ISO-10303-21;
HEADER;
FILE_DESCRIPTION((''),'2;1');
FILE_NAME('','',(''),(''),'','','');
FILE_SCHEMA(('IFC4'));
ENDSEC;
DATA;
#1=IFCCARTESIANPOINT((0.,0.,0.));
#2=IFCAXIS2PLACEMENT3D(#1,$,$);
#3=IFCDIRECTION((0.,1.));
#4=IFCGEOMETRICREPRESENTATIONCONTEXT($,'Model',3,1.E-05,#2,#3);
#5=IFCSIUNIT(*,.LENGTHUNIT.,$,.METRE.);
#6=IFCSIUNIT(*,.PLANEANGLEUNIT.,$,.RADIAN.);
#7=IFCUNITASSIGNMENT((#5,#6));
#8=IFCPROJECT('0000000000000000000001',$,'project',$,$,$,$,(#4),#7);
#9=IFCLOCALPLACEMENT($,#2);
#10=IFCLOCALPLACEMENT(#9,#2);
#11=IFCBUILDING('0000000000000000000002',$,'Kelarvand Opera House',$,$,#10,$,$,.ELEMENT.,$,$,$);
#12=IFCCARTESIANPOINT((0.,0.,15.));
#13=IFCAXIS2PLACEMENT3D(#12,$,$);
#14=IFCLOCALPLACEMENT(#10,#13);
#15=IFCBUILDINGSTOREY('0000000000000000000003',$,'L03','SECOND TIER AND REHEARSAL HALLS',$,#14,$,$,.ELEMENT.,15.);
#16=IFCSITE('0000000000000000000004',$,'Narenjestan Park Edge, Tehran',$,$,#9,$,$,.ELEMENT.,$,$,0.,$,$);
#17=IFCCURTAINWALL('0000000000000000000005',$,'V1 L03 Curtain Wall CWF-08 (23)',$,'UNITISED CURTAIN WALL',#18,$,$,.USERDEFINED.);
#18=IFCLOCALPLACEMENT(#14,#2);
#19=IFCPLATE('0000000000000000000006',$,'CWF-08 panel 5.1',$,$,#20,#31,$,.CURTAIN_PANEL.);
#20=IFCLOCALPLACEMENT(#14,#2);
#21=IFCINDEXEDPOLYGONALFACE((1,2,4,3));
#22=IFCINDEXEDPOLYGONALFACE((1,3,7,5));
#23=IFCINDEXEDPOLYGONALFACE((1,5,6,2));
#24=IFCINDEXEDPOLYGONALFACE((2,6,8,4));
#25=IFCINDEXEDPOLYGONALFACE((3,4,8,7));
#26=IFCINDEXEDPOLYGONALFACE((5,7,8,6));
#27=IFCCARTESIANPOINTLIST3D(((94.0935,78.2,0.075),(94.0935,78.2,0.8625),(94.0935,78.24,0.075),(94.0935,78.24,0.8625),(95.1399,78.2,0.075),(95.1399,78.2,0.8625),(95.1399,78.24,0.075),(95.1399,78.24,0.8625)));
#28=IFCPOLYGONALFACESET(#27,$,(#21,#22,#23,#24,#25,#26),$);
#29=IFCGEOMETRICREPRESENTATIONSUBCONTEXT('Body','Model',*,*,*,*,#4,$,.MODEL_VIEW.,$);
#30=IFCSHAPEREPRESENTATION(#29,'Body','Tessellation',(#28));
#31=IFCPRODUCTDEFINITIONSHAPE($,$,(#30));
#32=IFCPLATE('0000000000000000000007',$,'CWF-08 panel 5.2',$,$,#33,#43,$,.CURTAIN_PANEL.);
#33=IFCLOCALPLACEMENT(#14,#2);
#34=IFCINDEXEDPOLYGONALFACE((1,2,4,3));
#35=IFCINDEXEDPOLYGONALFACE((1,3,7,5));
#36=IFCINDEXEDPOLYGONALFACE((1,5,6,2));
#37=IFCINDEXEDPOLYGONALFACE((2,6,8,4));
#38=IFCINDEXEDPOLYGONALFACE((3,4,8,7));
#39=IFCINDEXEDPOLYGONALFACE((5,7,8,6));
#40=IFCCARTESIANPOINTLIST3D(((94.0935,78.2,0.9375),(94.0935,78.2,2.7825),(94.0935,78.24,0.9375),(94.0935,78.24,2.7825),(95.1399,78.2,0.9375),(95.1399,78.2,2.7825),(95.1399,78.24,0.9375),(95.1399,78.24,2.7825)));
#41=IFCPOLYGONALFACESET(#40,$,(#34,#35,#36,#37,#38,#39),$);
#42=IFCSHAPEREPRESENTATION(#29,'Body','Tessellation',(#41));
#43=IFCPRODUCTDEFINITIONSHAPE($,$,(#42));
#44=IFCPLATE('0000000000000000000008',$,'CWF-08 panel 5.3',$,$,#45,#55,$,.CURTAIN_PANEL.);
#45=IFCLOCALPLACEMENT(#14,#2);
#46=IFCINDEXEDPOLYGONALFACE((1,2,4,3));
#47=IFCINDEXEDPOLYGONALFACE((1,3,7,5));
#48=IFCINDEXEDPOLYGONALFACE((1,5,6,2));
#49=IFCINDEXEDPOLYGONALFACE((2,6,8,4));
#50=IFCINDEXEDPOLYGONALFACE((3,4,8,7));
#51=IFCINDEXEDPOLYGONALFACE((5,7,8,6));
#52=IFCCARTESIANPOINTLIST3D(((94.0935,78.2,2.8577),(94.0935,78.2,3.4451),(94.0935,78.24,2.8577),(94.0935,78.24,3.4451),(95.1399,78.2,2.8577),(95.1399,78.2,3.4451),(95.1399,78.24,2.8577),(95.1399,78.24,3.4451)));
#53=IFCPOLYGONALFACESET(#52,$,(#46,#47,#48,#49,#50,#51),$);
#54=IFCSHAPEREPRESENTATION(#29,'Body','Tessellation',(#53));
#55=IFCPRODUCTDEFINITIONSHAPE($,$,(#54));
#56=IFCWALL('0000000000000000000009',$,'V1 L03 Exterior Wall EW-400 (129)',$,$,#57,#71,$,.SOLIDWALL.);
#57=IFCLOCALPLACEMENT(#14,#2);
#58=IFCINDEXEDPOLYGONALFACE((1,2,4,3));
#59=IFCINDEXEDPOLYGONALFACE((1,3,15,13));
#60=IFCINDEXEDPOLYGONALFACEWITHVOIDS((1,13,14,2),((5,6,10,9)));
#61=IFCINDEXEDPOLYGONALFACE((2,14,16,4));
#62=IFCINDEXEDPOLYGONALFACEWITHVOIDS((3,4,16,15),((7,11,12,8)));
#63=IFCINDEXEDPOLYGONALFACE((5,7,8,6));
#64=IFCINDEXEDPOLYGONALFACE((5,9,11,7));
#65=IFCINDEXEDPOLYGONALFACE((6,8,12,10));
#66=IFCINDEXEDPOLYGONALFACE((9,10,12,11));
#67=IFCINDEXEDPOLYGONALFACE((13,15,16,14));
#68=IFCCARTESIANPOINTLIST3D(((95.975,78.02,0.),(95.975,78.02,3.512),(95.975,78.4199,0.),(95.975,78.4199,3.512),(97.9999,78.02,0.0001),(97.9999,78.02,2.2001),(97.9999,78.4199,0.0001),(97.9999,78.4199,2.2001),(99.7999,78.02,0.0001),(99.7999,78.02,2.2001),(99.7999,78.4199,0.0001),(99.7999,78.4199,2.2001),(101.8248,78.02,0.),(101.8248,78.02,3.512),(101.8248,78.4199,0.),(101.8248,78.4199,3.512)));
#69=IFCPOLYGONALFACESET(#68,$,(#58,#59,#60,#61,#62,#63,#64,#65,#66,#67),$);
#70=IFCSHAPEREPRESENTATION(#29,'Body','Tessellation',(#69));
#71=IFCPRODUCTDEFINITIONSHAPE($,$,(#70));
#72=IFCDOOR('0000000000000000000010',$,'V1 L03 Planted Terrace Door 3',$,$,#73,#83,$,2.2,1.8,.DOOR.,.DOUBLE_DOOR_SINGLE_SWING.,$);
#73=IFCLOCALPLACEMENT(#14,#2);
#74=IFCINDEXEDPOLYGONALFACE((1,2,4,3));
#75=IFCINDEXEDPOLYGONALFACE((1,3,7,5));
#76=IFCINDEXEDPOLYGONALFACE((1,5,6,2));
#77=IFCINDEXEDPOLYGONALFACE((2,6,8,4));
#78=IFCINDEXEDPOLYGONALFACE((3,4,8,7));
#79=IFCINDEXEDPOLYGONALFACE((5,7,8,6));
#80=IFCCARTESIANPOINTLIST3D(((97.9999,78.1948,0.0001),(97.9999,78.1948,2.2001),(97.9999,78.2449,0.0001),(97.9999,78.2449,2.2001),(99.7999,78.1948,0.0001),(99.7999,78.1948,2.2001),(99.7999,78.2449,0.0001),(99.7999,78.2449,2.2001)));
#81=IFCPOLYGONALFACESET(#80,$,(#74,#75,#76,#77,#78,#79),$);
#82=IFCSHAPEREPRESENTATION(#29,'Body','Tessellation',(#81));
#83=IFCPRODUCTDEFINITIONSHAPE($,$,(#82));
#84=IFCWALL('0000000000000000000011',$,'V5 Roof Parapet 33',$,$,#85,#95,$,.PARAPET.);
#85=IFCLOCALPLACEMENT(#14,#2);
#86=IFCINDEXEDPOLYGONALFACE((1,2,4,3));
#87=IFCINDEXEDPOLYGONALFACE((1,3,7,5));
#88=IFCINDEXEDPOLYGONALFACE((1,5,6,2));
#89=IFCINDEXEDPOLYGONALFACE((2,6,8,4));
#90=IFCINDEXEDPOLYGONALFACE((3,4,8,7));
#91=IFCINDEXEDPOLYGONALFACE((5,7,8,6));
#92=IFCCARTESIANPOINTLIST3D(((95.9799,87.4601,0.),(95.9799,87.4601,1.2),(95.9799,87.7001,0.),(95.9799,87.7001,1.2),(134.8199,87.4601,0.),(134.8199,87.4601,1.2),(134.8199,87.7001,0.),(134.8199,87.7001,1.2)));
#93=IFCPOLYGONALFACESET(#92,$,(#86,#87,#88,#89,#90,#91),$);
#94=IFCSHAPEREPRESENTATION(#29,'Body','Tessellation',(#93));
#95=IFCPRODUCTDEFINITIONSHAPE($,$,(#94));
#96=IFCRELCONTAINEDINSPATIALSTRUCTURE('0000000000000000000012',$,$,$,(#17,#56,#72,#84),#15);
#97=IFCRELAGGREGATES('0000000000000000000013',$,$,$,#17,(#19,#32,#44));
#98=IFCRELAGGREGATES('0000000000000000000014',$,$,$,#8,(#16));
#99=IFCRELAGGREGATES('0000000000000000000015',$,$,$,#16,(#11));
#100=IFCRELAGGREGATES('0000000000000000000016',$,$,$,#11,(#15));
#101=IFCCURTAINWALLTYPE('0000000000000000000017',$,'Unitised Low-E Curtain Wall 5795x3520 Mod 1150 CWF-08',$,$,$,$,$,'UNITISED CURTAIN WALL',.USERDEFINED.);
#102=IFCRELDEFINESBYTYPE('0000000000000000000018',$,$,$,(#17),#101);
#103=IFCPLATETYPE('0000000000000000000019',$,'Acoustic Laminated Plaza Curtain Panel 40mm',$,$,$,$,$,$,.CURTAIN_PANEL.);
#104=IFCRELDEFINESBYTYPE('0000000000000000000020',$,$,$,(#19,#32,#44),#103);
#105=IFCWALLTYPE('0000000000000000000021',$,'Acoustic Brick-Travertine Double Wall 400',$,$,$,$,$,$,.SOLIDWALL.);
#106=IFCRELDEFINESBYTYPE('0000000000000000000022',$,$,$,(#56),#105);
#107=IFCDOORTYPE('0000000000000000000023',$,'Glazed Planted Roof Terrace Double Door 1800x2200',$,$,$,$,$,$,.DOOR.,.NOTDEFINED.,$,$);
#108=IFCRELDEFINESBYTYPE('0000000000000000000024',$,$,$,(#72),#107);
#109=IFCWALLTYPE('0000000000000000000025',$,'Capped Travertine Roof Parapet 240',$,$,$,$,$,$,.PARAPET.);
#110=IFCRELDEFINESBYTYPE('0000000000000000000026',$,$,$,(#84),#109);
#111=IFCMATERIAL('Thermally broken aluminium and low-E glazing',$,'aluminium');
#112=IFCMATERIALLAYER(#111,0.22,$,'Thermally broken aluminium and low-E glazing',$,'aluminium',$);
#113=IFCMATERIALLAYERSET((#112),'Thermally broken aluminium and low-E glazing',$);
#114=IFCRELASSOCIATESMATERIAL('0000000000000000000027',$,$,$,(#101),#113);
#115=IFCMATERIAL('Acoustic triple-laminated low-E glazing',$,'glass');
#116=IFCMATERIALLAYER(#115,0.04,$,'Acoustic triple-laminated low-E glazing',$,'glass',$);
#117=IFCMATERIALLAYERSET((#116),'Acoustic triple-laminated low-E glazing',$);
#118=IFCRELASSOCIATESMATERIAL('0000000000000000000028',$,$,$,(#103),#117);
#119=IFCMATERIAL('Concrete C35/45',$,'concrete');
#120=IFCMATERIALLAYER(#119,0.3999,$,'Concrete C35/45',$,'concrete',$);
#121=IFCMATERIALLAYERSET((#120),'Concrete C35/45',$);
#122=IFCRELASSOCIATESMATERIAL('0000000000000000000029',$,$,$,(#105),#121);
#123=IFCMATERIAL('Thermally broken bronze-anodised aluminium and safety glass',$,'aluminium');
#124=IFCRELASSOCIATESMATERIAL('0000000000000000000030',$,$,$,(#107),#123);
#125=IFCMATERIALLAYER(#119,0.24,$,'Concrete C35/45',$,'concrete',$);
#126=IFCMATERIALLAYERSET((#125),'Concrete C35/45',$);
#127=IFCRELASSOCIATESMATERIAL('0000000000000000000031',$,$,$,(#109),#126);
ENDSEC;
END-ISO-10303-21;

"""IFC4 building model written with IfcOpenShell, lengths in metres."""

from ifc_helpers import new_model, si_unit, direction, frame, frame_2d, origin, origin_2d, place, context, subcontext, project, spatial, rectangle, extrude, material, layer, layer_set, type_object, element, fill, aggregate, save


model = new_model("IFC4")

# Units and contexts
model_context = context("Model", 3, precision=1e-05, world=origin(), true_north=direction((0.0, 1.0)))
body_context = subcontext(model_context, "Body", "Model", "MODEL_VIEW")
ifc_project = project(units=[si_unit("LENGTHUNIT", "METRE"), si_unit("PLANEANGLEUNIT", "RADIAN")], contexts=[model_context])

# Site, building, storey
site_placement = place(None, origin())
site = spatial("IfcSite", under=ifc_project, at=site_placement, Name="Narenjestan Park Edge, Tehran", CompositionType="ELEMENT", RefElevation=0.0)
building_placement = place(site_placement, origin())
building = spatial("IfcBuilding", under=site, at=building_placement, Name="Kelarvand Opera House", CompositionType="ELEMENT")
storey_placement = place(building_placement, frame((0.0, 0.0, 15.0)))
storey = spatial("IfcBuildingStorey", under=building, at=storey_placement, Name="L03", Description="SECOND TIER AND REHEARSAL HALLS", CompositionType="ELEMENT", Elevation=15.0)

# Curtain wall
ifc_material_1 = material(Name="Thermally broken aluminium and low-E glazing", Category="aluminium")
ifc_layer_1 = layer(ifc_material_1, 0.22, Name="Thermally broken aluminium and low-E glazing", Category="aluminium")
ifc_layer_set_1 = layer_set([ifc_layer_1], Name="Thermally broken aluminium and low-E glazing")
curtain_wall_type = type_object("IfcCurtainWallType", Name="Unitised Low-E Curtain Wall 5795x3520 Mod 1150 CWF-08", ElementType="UNITISED CURTAIN WALL", PredefinedType="USERDEFINED", material=ifc_layer_set_1)
curtain_wall_placement = place(storey_placement, origin())
curtain_wall = element("IfcCurtainWall", 1, at=curtain_wall_placement, inside=storey, type_object=curtain_wall_type, Name="V1 L03 Curtain Wall CWF-08 (23)", ObjectType="UNITISED CURTAIN WALL", PredefinedType="USERDEFINED")

# Plates
ifc_material_2 = material(Name="Acoustic triple-laminated low-E glazing", Category="glass")
ifc_layer_2 = layer(ifc_material_2, 0.04, Name="Acoustic triple-laminated low-E glazing", Category="glass")
ifc_layer_set_2 = layer_set([ifc_layer_2], Name="Acoustic triple-laminated low-E glazing")
plate_type = type_object("IfcPlateType", Name="Acoustic Laminated Plaza Curtain Panel 40mm", PredefinedType="CURTAIN_PANEL", material=ifc_layer_set_2)
plate_1_placement = place(storey_placement, frame((94.6167, 78.22, 0.075), z_axis=(0.0, 0.0, 1.0), x_axis=(1.0, 0.0, 0.0)))
plate_1 = element("IfcPlate", 2, at=plate_1_placement, type_object=plate_type, Name="CWF-08 panel 5.1", PredefinedType="CURTAIN_PANEL", context=body_context, shape_type="SweptSolid", body=[
    extrude(rectangle(XDim=1.0464, YDim=0.04, at=origin_2d()), origin(), (0.0, 0.0, 1.0), 0.7876),
])
plate_2_placement = place(storey_placement, frame((94.6167, 78.22, 0.9375), z_axis=(0.0, 0.0, 1.0), x_axis=(1.0, 0.0, 0.0)))
plate_2 = element("IfcPlate", 3, at=plate_2_placement, type_object=plate_type, Name="CWF-08 panel 5.2", PredefinedType="CURTAIN_PANEL", context=body_context, shape_type="SweptSolid", body=[
    extrude(rectangle(XDim=1.0464, YDim=0.04, at=origin_2d()), origin(), (0.0, 0.0, 1.0), 1.845),
])
plate_3_placement = place(storey_placement, frame((94.6167, 78.22, 2.8577), z_axis=(0.0, 0.0, 1.0), x_axis=(1.0, 0.0, 0.0)))
plate_3 = element("IfcPlate", 4, at=plate_3_placement, type_object=plate_type, Name="CWF-08 panel 5.3", PredefinedType="CURTAIN_PANEL", context=body_context, shape_type="SweptSolid", body=[
    extrude(rectangle(XDim=1.0464, YDim=0.04, at=origin_2d()), origin(), (0.0, 0.0, 1.0), 0.5874),
])
aggregate(curtain_wall, [plate_1, plate_2, plate_3])

# Wall, opening, door
ifc_material_3 = material(Name="Concrete C35/45", Category="concrete")
ifc_layer_3 = layer(ifc_material_3, 0.3999, Name="Concrete C35/45", Category="concrete")
ifc_layer_set_3 = layer_set([ifc_layer_3], Name="Concrete C35/45")
wall_type_1 = type_object("IfcWallType", Name="Acoustic Brick-Travertine Double Wall 400", PredefinedType="SOLIDWALL", material=ifc_layer_set_3)
wall_1_placement = place(storey_placement, frame((95.9751, 78.22, 0.0), z_axis=(0.0, 0.0, 1.0), x_axis=(1.0, 0.0, 0.0)))
wall_1 = element("IfcWall", 5, at=wall_1_placement, inside=storey, type_object=wall_type_1, Name="V1 L03 Exterior Wall EW-400 (129)", PredefinedType="SOLIDWALL", context=body_context, shape_type="SweptSolid", body=[
    extrude(rectangle(XDim=5.8499, YDim=0.3999, at=frame_2d((2.9248, 0.0))), origin(), (0.0, 0.0, 1.0), 3.512),
])
opening_placement = place(wall_1_placement, frame((2.0249, 0.0, 0.0)))
opening = element("IfcOpeningElement", 6, at=opening_placement, cuts=wall_1, PredefinedType="OPENING", context=body_context, shape_type="SweptSolid", body=[
    extrude(rectangle(XDim=1.8, YDim=2.2, at=frame_2d((0.8999, 1.1001))), frame((0.0, 0.21, 0.0), z_axis=(0.0, -1.0, 0.0), x_axis=(1.0, 0.0, 0.0)), (0.0, 0.0, 1.0), 0.4199),
])
ifc_material_4 = material(Name="Thermally broken bronze-anodised aluminium and safety glass", Category="aluminium")
door_type = type_object("IfcDoorType", Name="Glazed Planted Roof Terrace Double Door 1800x2200", OperationType="NOTDEFINED", PredefinedType="DOOR", material=ifc_material_4)
door_placement = place(opening_placement, origin())
door = element("IfcDoor", 7, at=door_placement, inside=storey, type_object=door_type, Name="V1 L03 Planted Terrace Door 3", OperationType="DOUBLE_DOOR_SINGLE_SWING", OverallHeight=2.2, OverallWidth=1.8, PredefinedType="DOOR", context=body_context, shape_type="SweptSolid", body=[
    extrude(rectangle(XDim=1.8, YDim=2.2, at=frame_2d((0.8999, 1.1001))), frame((0.0, 0.0249, 0.0), z_axis=(0.0, -1.0, 0.0), x_axis=(1.0, 0.0, 0.0)), (0.0, 0.0, 1.0), 0.05),
])
fill(opening, door)

# Wall
ifc_layer_4 = layer(ifc_material_3, 0.24, Name="Concrete C35/45", Category="concrete")
ifc_layer_set_4 = layer_set([ifc_layer_4], Name="Concrete C35/45")
wall_type_2 = type_object("IfcWallType", Name="Capped Travertine Roof Parapet 240", PredefinedType="PARAPET", material=ifc_layer_set_4)
wall_2_placement = place(storey_placement, frame((95.98, 87.5801, 0.0), z_axis=(0.0, 0.0, 1.0), x_axis=(1.0, 0.0, 0.0)))
element("IfcWall", 8, at=wall_2_placement, inside=storey, type_object=wall_type_2, Name="V5 Roof Parapet 33", PredefinedType="PARAPET", context=body_context, shape_type="SweptSolid", body=[
    extrude(rectangle(XDim=38.8401, YDim=0.24, at=frame_2d((19.4199, 0.0))), origin(), (0.0, 0.0, 1.0), 1.2),
])

save(model, "model.ifc")
